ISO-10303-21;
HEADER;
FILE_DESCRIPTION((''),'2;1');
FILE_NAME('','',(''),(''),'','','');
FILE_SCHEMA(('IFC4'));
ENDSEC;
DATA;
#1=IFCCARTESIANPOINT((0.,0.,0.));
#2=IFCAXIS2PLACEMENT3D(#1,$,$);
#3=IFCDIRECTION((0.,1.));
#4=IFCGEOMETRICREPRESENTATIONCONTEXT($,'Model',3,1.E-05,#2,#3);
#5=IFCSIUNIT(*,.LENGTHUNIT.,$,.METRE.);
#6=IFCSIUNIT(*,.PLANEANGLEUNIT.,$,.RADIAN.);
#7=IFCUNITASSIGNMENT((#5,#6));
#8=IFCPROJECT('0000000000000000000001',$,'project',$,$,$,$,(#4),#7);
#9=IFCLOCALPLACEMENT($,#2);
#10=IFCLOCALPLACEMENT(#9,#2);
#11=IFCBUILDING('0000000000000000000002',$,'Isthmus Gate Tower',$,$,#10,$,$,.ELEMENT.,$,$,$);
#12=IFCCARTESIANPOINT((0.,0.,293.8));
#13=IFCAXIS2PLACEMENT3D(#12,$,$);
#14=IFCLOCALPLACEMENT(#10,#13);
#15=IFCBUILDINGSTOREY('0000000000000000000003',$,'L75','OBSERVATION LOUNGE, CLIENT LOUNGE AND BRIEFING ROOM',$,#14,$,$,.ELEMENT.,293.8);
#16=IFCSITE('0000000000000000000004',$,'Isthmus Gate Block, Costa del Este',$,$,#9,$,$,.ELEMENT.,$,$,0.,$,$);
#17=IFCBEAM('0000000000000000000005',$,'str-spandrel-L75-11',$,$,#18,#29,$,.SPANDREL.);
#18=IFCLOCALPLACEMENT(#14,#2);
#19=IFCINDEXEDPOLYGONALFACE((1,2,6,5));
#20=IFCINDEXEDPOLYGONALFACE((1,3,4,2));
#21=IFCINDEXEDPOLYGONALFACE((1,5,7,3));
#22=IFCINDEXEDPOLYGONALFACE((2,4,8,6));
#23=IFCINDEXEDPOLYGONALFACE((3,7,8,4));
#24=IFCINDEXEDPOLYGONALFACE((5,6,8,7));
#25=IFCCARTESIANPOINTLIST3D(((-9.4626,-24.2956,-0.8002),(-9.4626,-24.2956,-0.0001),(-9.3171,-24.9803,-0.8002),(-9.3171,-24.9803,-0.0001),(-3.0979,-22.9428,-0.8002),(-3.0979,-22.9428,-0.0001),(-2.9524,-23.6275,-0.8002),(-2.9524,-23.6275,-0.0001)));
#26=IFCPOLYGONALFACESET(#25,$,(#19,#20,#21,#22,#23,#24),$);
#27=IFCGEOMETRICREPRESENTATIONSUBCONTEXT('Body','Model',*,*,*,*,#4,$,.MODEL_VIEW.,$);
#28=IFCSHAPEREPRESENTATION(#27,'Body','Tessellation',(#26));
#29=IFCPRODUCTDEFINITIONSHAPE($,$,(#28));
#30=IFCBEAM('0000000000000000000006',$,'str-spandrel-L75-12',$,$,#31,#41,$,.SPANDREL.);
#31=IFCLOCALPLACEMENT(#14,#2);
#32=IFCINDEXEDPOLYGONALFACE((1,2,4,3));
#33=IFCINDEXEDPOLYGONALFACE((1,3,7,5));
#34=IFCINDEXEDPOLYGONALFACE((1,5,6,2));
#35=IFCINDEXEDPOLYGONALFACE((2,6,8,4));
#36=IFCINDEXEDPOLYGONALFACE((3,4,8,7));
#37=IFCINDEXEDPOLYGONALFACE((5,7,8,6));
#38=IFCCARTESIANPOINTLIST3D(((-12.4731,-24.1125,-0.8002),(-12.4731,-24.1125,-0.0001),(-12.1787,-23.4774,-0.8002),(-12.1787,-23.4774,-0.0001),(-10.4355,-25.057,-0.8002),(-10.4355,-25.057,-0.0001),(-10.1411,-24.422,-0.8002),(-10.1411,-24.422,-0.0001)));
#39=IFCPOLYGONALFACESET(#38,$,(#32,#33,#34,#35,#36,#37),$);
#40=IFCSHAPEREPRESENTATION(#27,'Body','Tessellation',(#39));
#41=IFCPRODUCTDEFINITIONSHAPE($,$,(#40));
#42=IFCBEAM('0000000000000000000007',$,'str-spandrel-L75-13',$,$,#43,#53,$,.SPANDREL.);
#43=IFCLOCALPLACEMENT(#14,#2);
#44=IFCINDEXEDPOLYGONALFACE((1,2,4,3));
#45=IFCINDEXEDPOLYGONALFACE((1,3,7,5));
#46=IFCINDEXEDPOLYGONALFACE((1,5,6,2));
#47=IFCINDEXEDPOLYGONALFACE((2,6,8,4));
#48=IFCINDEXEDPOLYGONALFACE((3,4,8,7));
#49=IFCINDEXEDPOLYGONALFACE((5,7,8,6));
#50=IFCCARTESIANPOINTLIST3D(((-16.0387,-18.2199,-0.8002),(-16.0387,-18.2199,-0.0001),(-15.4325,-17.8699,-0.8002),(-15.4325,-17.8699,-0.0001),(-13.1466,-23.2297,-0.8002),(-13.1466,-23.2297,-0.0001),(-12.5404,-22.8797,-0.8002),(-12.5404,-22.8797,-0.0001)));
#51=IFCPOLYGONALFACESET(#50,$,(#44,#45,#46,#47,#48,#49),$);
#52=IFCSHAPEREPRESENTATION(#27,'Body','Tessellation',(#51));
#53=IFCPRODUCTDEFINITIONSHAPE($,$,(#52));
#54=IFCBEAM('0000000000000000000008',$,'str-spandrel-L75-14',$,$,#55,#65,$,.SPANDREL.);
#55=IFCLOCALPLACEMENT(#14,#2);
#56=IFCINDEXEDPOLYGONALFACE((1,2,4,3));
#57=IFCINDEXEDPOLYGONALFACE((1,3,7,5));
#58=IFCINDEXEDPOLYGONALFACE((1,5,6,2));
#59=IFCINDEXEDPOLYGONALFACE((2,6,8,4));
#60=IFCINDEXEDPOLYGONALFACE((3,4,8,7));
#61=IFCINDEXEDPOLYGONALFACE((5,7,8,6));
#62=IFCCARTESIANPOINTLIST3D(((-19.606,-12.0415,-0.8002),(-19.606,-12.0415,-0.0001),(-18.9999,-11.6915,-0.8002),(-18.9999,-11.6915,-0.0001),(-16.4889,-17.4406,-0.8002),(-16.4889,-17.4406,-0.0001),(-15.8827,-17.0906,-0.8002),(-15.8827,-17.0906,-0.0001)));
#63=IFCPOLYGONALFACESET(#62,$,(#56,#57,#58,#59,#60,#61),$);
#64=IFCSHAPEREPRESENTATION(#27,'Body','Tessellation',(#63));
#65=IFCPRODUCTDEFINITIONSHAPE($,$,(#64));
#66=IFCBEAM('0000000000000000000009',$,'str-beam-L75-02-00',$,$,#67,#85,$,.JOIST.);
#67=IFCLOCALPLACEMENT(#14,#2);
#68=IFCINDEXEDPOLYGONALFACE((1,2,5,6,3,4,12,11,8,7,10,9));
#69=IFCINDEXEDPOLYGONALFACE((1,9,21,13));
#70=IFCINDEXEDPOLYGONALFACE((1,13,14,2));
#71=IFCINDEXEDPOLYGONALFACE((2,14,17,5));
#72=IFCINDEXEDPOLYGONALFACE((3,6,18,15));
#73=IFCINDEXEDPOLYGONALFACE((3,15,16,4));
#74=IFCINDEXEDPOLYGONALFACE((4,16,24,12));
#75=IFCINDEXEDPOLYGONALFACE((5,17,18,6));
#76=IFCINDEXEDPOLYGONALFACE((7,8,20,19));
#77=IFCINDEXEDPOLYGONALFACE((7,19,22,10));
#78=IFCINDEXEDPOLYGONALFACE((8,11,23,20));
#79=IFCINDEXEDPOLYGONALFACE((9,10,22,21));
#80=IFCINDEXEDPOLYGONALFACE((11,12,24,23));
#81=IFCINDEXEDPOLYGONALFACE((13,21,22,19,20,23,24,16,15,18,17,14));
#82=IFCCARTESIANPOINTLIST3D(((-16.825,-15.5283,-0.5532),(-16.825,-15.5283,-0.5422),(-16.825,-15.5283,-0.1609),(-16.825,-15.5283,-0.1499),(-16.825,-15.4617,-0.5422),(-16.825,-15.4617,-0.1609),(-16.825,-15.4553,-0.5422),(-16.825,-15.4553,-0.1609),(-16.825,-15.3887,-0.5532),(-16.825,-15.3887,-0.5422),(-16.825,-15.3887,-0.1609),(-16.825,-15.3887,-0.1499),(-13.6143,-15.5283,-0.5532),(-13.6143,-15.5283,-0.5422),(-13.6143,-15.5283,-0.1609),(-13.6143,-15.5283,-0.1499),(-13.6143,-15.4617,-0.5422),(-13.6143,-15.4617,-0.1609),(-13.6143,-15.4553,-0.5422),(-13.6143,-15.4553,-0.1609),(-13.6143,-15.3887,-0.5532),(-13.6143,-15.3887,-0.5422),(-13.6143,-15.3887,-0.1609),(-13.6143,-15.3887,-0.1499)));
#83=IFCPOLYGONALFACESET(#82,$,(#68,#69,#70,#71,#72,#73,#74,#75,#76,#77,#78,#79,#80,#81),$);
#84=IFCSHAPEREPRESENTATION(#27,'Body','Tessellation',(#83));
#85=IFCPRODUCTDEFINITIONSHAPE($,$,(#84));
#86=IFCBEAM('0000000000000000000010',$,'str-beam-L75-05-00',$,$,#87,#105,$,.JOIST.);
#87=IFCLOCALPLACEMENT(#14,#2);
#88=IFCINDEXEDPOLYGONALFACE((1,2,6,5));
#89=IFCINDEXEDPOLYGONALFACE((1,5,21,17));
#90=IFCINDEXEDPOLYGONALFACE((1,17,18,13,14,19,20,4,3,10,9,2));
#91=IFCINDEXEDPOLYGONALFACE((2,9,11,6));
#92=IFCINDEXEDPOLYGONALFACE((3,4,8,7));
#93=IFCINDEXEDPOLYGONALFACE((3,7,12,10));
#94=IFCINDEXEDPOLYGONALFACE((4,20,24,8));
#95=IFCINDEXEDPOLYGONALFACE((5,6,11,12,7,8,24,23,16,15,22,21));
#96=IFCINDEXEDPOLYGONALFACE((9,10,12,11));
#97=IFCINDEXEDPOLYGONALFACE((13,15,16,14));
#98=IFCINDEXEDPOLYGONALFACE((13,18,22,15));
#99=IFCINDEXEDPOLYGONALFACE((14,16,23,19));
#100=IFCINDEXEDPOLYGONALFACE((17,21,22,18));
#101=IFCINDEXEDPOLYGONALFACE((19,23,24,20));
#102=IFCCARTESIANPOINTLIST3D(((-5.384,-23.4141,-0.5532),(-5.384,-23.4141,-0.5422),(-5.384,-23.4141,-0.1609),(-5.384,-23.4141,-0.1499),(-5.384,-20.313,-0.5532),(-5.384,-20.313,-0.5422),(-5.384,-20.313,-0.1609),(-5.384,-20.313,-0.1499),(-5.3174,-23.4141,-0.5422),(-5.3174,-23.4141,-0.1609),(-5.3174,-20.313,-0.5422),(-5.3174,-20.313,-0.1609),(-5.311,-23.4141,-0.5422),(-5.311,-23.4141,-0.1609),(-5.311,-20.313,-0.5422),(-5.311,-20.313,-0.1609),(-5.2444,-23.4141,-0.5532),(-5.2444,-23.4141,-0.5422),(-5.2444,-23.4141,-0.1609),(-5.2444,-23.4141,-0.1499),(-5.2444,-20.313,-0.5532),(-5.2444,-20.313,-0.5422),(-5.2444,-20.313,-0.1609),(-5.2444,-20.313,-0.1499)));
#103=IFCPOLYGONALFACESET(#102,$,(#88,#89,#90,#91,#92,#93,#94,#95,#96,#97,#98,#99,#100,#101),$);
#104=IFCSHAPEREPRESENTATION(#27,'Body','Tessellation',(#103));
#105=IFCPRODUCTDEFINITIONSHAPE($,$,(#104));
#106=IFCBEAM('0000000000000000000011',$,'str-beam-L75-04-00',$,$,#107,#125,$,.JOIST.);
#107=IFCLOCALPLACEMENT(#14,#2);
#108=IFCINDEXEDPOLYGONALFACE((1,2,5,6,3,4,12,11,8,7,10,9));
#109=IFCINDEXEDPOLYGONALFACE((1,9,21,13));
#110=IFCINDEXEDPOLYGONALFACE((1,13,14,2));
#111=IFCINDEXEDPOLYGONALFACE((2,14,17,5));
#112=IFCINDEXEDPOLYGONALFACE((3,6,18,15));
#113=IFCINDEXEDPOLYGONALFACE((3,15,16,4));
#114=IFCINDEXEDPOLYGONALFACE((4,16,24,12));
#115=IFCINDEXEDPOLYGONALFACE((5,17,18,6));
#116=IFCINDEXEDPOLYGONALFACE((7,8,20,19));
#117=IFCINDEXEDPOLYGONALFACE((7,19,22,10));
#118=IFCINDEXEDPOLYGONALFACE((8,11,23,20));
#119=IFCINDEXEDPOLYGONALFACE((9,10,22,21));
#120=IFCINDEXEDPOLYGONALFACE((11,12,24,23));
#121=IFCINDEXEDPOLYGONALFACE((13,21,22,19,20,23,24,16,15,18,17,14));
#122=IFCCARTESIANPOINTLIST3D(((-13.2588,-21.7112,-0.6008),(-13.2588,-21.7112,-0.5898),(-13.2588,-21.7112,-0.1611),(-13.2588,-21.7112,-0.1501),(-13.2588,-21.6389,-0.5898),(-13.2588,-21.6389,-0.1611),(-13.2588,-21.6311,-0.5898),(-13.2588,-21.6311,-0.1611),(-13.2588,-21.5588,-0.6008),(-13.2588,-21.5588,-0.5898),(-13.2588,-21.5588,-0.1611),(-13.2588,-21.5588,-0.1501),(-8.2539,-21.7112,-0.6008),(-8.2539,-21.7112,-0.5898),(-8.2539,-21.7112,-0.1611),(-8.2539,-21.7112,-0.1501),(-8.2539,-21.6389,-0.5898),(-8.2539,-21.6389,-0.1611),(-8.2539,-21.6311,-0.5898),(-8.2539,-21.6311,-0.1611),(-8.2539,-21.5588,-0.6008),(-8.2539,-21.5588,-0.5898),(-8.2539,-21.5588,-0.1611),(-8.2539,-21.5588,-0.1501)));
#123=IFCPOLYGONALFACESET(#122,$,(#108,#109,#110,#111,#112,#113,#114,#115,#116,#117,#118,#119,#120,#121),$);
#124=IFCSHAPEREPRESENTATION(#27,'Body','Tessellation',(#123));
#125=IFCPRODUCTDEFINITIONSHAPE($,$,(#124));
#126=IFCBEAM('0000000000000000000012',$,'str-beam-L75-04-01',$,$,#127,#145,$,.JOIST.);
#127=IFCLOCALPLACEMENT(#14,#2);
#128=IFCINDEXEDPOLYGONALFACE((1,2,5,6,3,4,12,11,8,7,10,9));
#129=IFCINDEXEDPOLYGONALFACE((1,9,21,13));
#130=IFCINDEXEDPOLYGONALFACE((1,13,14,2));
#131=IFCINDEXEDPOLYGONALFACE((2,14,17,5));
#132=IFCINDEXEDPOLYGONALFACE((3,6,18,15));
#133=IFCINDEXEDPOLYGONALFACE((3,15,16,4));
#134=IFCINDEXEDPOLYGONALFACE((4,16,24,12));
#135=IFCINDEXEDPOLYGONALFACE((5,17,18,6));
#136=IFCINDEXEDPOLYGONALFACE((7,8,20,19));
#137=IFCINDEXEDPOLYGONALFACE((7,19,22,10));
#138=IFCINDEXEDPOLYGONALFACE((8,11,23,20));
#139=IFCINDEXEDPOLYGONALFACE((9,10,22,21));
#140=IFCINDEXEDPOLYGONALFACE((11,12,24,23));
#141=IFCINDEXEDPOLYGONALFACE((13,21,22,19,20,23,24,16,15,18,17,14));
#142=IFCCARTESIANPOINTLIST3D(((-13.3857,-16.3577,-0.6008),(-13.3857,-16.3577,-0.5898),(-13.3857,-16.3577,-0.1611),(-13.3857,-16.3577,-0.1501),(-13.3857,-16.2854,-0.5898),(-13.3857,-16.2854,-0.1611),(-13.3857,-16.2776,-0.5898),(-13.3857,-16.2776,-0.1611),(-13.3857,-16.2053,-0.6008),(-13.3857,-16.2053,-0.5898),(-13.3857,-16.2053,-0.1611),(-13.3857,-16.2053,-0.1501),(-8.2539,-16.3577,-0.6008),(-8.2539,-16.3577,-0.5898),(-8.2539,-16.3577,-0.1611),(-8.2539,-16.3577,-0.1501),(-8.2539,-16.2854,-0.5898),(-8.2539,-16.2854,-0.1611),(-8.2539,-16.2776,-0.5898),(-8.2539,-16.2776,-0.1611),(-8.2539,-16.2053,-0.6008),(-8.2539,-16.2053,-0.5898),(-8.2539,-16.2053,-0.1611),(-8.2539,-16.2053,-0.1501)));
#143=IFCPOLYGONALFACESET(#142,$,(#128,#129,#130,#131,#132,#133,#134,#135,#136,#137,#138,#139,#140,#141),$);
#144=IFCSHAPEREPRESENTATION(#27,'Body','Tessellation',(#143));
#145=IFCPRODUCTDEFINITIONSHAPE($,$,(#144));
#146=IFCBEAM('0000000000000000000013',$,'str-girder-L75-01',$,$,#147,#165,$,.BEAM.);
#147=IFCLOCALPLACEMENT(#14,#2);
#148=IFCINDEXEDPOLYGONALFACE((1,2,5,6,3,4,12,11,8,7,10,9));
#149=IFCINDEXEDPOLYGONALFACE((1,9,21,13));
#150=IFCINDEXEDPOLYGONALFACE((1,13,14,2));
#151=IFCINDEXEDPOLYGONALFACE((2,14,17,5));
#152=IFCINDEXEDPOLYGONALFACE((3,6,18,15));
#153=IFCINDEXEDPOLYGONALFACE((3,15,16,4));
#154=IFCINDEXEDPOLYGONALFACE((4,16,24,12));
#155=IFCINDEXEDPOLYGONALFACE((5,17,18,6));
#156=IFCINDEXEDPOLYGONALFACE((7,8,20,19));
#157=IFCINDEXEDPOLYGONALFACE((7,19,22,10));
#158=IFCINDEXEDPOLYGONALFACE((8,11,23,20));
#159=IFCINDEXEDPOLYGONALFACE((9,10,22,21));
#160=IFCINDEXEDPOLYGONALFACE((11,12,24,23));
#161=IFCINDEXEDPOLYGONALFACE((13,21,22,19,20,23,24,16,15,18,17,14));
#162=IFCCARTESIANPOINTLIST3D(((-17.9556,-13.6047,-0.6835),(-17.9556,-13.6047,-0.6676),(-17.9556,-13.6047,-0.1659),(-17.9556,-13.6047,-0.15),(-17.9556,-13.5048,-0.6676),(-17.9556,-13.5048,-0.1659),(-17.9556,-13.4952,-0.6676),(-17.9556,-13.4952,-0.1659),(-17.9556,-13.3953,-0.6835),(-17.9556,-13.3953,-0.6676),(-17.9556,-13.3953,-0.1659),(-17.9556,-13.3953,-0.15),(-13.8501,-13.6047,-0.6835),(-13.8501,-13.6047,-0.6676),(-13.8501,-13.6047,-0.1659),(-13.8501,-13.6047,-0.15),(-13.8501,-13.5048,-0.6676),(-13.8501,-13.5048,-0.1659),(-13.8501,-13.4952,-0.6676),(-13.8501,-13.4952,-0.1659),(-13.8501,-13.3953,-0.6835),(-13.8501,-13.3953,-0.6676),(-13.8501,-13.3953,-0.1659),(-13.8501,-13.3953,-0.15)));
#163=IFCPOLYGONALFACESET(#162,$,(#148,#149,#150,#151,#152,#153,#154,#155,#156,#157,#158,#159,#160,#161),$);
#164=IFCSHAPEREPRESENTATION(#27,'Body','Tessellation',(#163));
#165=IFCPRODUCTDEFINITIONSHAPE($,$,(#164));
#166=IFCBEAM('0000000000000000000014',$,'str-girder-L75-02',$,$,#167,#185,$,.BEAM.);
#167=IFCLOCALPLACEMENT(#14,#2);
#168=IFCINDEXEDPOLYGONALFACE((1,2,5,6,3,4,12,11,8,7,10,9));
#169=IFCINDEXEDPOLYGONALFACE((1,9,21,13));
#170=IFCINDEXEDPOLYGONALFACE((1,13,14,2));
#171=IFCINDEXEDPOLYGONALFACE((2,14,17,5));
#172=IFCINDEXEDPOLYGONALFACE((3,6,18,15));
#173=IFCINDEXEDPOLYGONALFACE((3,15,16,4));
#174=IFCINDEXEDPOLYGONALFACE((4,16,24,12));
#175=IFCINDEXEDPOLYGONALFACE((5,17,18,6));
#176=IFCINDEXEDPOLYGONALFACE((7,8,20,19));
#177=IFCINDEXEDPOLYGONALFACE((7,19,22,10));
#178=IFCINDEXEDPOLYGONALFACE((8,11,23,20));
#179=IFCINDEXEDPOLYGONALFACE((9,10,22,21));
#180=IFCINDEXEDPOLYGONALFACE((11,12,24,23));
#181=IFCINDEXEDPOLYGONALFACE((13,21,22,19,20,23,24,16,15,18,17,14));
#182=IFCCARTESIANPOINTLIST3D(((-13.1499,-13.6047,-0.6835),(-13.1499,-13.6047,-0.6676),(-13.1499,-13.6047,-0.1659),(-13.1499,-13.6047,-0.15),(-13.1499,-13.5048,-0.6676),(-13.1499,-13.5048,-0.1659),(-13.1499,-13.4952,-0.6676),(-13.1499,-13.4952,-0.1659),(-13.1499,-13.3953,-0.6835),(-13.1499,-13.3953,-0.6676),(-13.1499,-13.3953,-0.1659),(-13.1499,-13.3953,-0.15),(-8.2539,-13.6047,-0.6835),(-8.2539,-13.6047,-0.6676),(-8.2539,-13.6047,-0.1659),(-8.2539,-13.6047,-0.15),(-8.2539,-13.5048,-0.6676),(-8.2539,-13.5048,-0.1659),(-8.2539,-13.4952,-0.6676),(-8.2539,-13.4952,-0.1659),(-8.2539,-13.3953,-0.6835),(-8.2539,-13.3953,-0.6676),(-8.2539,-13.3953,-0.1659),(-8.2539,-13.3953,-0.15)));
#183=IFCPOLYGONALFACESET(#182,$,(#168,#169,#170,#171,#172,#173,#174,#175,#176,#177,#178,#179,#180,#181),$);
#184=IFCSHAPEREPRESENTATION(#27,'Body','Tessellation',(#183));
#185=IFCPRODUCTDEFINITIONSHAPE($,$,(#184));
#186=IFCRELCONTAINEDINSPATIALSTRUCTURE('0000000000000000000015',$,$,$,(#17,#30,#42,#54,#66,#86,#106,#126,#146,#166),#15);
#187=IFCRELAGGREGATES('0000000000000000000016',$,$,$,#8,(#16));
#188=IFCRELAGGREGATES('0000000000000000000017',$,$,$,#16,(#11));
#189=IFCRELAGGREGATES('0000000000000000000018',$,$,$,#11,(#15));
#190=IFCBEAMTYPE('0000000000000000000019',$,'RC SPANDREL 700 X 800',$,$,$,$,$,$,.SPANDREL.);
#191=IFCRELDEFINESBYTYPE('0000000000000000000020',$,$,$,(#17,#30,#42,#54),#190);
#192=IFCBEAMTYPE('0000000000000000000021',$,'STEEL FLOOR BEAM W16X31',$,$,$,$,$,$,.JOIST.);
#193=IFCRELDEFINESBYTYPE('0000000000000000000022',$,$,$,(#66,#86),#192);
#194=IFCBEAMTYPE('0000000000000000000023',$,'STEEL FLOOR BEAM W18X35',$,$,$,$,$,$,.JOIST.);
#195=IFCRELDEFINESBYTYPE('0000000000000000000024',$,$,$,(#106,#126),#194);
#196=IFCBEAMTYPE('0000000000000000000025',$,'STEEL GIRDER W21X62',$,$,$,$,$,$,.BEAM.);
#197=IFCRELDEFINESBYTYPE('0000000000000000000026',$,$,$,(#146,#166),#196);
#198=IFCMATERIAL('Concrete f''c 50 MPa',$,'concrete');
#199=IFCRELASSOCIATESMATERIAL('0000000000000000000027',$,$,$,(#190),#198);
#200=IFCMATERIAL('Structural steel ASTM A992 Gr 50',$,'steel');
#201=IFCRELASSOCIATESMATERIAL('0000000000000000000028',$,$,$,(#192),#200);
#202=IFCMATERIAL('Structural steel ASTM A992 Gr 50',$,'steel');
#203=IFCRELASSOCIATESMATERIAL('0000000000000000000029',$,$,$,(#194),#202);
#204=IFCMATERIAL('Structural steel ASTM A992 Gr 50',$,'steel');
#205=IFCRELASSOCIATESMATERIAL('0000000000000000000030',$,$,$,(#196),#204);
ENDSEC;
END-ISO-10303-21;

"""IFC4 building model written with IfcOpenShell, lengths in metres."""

from ifc_helpers import new_model, si_unit, direction, frame, origin, origin_2d, place, context, subcontext, project, spatial, rectangle, i_section, extrude, material, material_profile, profile_set, type_object, element, save


model = new_model("IFC4")

# Units and contexts
model_context = context("Model", 3, precision=1e-05, world=origin(), true_north=direction((0.0, 1.0)))
body_context = subcontext(model_context, "Body", "Model", "MODEL_VIEW")
ifc_project = project(units=[si_unit("LENGTHUNIT", "METRE"), si_unit("PLANEANGLEUNIT", "RADIAN")], contexts=[model_context])

# Site, building, storey
site_placement = place(None, origin())
site = spatial("IfcSite", under=ifc_project, at=site_placement, Name="Isthmus Gate Block, Costa del Este", CompositionType="ELEMENT", RefElevation=0.0)
building_placement = place(site_placement, origin())
building = spatial("IfcBuilding", under=site, at=building_placement, Name="Isthmus Gate Tower", CompositionType="ELEMENT")
storey_placement = place(building_placement, frame((0.0, 0.0, 293.8)))
storey = spatial("IfcBuildingStorey", under=building, at=storey_placement, Name="L75", Description="OBSERVATION LOUNGE, CLIENT LOUNGE AND BRIEFING ROOM", CompositionType="ELEMENT", Elevation=293.8)

# Beams
ifc_material_1 = material(Name="Concrete f'c 50 MPa", Category="concrete")
ifc_material_profile_1 = material_profile(ifc_material_1, rectangle(XDim=0.7, YDim=0.8, at=origin_2d()), Name="RC 700X800")
ifc_profile_set_1 = profile_set([ifc_material_profile_1], Name="Concrete f'c 50 MPa")
beam_type_1 = type_object("IfcBeamType", Name="RC SPANDREL 700 X 800", PredefinedType="SPANDREL", material=ifc_profile_set_1)
beam_1_placement = place(storey_placement, frame((-3.0251, -23.2852, -0.4001), z_axis=(-0.97815, -0.207899, 0.0), x_axis=(0.207899, -0.97815, 0.0)))
element("IfcBeam", 1, at=beam_1_placement, inside=storey, type_object=beam_type_1, Name="str-spandrel-L75-11", PredefinedType="SPANDREL", context=body_context, shape_type="SweptSolid", body=[
    extrude(rectangle(XDim=0.7, YDim=0.8, at=origin_2d()), origin(), (0.0, 0.0, 1.0), 6.5068),
])
beam_2_placement = place(storey_placement, frame((-10.2883, -24.7395, -0.4001), z_axis=(-0.907255, 0.420581, 0.0), x_axis=(-0.420581, -0.907255, 0.0)))
element("IfcBeam", 2, at=beam_2_placement, inside=storey, type_object=beam_type_1, Name="str-spandrel-L75-12", PredefinedType="SPANDREL", context=body_context, shape_type="SweptSolid", body=[
    extrude(rectangle(XDim=0.7, YDim=0.8, at=origin_2d()), origin(), (0.0, 0.0, 1.0), 2.2458),
])
beam_3_placement = place(storey_placement, frame((-12.8435, -23.0547, -0.4001), z_axis=(-0.499961, 0.866048, 0.0), x_axis=(-0.866048, -0.499961, 0.0)))
element("IfcBeam", 3, at=beam_3_placement, inside=storey, type_object=beam_type_1, Name="str-spandrel-L75-13", PredefinedType="SPANDREL", context=body_context, shape_type="SweptSolid", body=[
    extrude(rectangle(XDim=0.7, YDim=0.8, at=origin_2d()), origin(), (0.0, 0.0, 1.0), 5.7847),
])
beam_4_placement = place(storey_placement, frame((-16.1858, -17.2656, -0.4001), z_axis=(-0.499997, 0.866027, 0.0), x_axis=(-0.866027, -0.499997, 0.0)))
element("IfcBeam", 4, at=beam_4_placement, inside=storey, type_object=beam_type_1, Name="str-spandrel-L75-14", PredefinedType="SPANDREL", context=body_context, shape_type="SweptSolid", body=[
    extrude(rectangle(XDim=0.7, YDim=0.8, at=origin_2d()), origin(), (0.0, 0.0, 1.0), 6.2344),
])
ifc_material_2 = material(Name="Structural steel ASTM A992 Gr 50", Category="steel")
ifc_material_profile_2 = material_profile(ifc_material_2, i_section(OverallWidth=0.1396, OverallDepth=0.4033, WebThickness=0.0063, FlangeThickness=0.011, at=origin_2d()), Name="W16X31")
ifc_profile_set_2 = profile_set([ifc_material_profile_2], Name="Structural steel ASTM A992 Gr 50")
beam_type_2 = type_object("IfcBeamType", Name="STEEL FLOOR BEAM W16X31", PredefinedType="JOIST", material=ifc_profile_set_2)
beam_5_placement = place(storey_placement, frame((-16.825, -15.4585, -0.3516), z_axis=(1.0, 0.0, 0.0), x_axis=(0.0, 1.0, 0.0)))
element("IfcBeam", 5, at=beam_5_placement, inside=storey, type_object=beam_type_2, Name="str-beam-L75-02-00", PredefinedType="JOIST", context=body_context, shape_type="SweptSolid", body=[
    extrude(i_section(OverallWidth=0.1396, OverallDepth=0.4033, WebThickness=0.0063, FlangeThickness=0.011, at=origin_2d()), origin(), (0.0, 0.0, 1.0), 3.2107),
])
beam_6_placement = place(storey_placement, frame((-5.3142, -23.4141, -0.3516), z_axis=(0.0, 1.0, 0.0), x_axis=(-1.0, 0.0, 0.0)))
element("IfcBeam", 6, at=beam_6_placement, inside=storey, type_object=beam_type_2, Name="str-beam-L75-05-00", PredefinedType="JOIST", context=body_context, shape_type="SweptSolid", body=[
    extrude(i_section(OverallWidth=0.1396, OverallDepth=0.4033, WebThickness=0.0063, FlangeThickness=0.011, at=origin_2d()), origin(), (0.0, 0.0, 1.0), 3.1011),
])
ifc_material_3 = material(Name="Structural steel ASTM A992 Gr 50", Category="steel")
ifc_material_profile_3 = material_profile(ifc_material_3, i_section(OverallWidth=0.1523, OverallDepth=0.4507, WebThickness=0.0078, FlangeThickness=0.011, at=origin_2d()), Name="W18X35")
ifc_profile_set_3 = profile_set([ifc_material_profile_3], Name="Structural steel ASTM A992 Gr 50")
beam_type_3 = type_object("IfcBeamType", Name="STEEL FLOOR BEAM W18X35", PredefinedType="JOIST", material=ifc_profile_set_3)
beam_7_placement = place(storey_placement, frame((-13.2588, -21.635, -0.3755), z_axis=(1.0, 0.0, 0.0), x_axis=(0.0, 1.0, 0.0)))
element("IfcBeam", 7, at=beam_7_placement, inside=storey, type_object=beam_type_3, Name="str-beam-L75-04-00", PredefinedType="JOIST", context=body_context, shape_type="SweptSolid", body=[
    extrude(i_section(OverallWidth=0.1523, OverallDepth=0.4507, WebThickness=0.0078, FlangeThickness=0.011, at=origin_2d()), origin(), (0.0, 0.0, 1.0), 5.0049),
])
beam_8_placement = place(storey_placement, frame((-13.3857, -16.2815, -0.3755), z_axis=(1.0, 0.0, 0.0), x_axis=(0.0, 1.0, 0.0)))
element("IfcBeam", 8, at=beam_8_placement, inside=storey, type_object=beam_type_3, Name="str-beam-L75-04-01", PredefinedType="JOIST", context=body_context, shape_type="SweptSolid", body=[
    extrude(i_section(OverallWidth=0.1523, OverallDepth=0.4507, WebThickness=0.0078, FlangeThickness=0.011, at=origin_2d()), origin(), (0.0, 0.0, 1.0), 5.1318),
])
ifc_material_4 = material(Name="Structural steel ASTM A992 Gr 50", Category="steel")
ifc_material_profile_4 = material_profile(ifc_material_4, i_section(OverallWidth=0.2095, OverallDepth=0.5334, WebThickness=0.0095, FlangeThickness=0.0159, at=origin_2d()), Name="W21X62")
ifc_profile_set_4 = profile_set([ifc_material_profile_4], Name="Structural steel ASTM A992 Gr 50")
beam_type_4 = type_object("IfcBeamType", Name="STEEL GIRDER W21X62", PredefinedType="BEAM", material=ifc_profile_set_4)
beam_9_placement = place(storey_placement, frame((-17.9556, -13.5, -0.4167), z_axis=(1.0, 0.0, 0.0), x_axis=(0.0, 1.0, 0.0)))
element("IfcBeam", 9, at=beam_9_placement, inside=storey, type_object=beam_type_4, Name="str-girder-L75-01", PredefinedType="BEAM", context=body_context, shape_type="SweptSolid", body=[
    extrude(i_section(OverallWidth=0.2095, OverallDepth=0.5334, WebThickness=0.0095, FlangeThickness=0.0159, at=origin_2d()), origin(), (0.0, 0.0, 1.0), 4.1055),
])
beam_10_placement = place(storey_placement, frame((-13.1499, -13.5, -0.4167), z_axis=(1.0, 0.0, 0.0), x_axis=(0.0, 1.0, 0.0)))
element("IfcBeam", 10, at=beam_10_placement, inside=storey, type_object=beam_type_4, Name="str-girder-L75-02", PredefinedType="BEAM", context=body_context, shape_type="SweptSolid", body=[
    extrude(i_section(OverallWidth=0.2095, OverallDepth=0.5334, WebThickness=0.0095, FlangeThickness=0.0159, at=origin_2d()), origin(), (0.0, 0.0, 1.0), 4.896),
])

save(model, "model.ifc")
